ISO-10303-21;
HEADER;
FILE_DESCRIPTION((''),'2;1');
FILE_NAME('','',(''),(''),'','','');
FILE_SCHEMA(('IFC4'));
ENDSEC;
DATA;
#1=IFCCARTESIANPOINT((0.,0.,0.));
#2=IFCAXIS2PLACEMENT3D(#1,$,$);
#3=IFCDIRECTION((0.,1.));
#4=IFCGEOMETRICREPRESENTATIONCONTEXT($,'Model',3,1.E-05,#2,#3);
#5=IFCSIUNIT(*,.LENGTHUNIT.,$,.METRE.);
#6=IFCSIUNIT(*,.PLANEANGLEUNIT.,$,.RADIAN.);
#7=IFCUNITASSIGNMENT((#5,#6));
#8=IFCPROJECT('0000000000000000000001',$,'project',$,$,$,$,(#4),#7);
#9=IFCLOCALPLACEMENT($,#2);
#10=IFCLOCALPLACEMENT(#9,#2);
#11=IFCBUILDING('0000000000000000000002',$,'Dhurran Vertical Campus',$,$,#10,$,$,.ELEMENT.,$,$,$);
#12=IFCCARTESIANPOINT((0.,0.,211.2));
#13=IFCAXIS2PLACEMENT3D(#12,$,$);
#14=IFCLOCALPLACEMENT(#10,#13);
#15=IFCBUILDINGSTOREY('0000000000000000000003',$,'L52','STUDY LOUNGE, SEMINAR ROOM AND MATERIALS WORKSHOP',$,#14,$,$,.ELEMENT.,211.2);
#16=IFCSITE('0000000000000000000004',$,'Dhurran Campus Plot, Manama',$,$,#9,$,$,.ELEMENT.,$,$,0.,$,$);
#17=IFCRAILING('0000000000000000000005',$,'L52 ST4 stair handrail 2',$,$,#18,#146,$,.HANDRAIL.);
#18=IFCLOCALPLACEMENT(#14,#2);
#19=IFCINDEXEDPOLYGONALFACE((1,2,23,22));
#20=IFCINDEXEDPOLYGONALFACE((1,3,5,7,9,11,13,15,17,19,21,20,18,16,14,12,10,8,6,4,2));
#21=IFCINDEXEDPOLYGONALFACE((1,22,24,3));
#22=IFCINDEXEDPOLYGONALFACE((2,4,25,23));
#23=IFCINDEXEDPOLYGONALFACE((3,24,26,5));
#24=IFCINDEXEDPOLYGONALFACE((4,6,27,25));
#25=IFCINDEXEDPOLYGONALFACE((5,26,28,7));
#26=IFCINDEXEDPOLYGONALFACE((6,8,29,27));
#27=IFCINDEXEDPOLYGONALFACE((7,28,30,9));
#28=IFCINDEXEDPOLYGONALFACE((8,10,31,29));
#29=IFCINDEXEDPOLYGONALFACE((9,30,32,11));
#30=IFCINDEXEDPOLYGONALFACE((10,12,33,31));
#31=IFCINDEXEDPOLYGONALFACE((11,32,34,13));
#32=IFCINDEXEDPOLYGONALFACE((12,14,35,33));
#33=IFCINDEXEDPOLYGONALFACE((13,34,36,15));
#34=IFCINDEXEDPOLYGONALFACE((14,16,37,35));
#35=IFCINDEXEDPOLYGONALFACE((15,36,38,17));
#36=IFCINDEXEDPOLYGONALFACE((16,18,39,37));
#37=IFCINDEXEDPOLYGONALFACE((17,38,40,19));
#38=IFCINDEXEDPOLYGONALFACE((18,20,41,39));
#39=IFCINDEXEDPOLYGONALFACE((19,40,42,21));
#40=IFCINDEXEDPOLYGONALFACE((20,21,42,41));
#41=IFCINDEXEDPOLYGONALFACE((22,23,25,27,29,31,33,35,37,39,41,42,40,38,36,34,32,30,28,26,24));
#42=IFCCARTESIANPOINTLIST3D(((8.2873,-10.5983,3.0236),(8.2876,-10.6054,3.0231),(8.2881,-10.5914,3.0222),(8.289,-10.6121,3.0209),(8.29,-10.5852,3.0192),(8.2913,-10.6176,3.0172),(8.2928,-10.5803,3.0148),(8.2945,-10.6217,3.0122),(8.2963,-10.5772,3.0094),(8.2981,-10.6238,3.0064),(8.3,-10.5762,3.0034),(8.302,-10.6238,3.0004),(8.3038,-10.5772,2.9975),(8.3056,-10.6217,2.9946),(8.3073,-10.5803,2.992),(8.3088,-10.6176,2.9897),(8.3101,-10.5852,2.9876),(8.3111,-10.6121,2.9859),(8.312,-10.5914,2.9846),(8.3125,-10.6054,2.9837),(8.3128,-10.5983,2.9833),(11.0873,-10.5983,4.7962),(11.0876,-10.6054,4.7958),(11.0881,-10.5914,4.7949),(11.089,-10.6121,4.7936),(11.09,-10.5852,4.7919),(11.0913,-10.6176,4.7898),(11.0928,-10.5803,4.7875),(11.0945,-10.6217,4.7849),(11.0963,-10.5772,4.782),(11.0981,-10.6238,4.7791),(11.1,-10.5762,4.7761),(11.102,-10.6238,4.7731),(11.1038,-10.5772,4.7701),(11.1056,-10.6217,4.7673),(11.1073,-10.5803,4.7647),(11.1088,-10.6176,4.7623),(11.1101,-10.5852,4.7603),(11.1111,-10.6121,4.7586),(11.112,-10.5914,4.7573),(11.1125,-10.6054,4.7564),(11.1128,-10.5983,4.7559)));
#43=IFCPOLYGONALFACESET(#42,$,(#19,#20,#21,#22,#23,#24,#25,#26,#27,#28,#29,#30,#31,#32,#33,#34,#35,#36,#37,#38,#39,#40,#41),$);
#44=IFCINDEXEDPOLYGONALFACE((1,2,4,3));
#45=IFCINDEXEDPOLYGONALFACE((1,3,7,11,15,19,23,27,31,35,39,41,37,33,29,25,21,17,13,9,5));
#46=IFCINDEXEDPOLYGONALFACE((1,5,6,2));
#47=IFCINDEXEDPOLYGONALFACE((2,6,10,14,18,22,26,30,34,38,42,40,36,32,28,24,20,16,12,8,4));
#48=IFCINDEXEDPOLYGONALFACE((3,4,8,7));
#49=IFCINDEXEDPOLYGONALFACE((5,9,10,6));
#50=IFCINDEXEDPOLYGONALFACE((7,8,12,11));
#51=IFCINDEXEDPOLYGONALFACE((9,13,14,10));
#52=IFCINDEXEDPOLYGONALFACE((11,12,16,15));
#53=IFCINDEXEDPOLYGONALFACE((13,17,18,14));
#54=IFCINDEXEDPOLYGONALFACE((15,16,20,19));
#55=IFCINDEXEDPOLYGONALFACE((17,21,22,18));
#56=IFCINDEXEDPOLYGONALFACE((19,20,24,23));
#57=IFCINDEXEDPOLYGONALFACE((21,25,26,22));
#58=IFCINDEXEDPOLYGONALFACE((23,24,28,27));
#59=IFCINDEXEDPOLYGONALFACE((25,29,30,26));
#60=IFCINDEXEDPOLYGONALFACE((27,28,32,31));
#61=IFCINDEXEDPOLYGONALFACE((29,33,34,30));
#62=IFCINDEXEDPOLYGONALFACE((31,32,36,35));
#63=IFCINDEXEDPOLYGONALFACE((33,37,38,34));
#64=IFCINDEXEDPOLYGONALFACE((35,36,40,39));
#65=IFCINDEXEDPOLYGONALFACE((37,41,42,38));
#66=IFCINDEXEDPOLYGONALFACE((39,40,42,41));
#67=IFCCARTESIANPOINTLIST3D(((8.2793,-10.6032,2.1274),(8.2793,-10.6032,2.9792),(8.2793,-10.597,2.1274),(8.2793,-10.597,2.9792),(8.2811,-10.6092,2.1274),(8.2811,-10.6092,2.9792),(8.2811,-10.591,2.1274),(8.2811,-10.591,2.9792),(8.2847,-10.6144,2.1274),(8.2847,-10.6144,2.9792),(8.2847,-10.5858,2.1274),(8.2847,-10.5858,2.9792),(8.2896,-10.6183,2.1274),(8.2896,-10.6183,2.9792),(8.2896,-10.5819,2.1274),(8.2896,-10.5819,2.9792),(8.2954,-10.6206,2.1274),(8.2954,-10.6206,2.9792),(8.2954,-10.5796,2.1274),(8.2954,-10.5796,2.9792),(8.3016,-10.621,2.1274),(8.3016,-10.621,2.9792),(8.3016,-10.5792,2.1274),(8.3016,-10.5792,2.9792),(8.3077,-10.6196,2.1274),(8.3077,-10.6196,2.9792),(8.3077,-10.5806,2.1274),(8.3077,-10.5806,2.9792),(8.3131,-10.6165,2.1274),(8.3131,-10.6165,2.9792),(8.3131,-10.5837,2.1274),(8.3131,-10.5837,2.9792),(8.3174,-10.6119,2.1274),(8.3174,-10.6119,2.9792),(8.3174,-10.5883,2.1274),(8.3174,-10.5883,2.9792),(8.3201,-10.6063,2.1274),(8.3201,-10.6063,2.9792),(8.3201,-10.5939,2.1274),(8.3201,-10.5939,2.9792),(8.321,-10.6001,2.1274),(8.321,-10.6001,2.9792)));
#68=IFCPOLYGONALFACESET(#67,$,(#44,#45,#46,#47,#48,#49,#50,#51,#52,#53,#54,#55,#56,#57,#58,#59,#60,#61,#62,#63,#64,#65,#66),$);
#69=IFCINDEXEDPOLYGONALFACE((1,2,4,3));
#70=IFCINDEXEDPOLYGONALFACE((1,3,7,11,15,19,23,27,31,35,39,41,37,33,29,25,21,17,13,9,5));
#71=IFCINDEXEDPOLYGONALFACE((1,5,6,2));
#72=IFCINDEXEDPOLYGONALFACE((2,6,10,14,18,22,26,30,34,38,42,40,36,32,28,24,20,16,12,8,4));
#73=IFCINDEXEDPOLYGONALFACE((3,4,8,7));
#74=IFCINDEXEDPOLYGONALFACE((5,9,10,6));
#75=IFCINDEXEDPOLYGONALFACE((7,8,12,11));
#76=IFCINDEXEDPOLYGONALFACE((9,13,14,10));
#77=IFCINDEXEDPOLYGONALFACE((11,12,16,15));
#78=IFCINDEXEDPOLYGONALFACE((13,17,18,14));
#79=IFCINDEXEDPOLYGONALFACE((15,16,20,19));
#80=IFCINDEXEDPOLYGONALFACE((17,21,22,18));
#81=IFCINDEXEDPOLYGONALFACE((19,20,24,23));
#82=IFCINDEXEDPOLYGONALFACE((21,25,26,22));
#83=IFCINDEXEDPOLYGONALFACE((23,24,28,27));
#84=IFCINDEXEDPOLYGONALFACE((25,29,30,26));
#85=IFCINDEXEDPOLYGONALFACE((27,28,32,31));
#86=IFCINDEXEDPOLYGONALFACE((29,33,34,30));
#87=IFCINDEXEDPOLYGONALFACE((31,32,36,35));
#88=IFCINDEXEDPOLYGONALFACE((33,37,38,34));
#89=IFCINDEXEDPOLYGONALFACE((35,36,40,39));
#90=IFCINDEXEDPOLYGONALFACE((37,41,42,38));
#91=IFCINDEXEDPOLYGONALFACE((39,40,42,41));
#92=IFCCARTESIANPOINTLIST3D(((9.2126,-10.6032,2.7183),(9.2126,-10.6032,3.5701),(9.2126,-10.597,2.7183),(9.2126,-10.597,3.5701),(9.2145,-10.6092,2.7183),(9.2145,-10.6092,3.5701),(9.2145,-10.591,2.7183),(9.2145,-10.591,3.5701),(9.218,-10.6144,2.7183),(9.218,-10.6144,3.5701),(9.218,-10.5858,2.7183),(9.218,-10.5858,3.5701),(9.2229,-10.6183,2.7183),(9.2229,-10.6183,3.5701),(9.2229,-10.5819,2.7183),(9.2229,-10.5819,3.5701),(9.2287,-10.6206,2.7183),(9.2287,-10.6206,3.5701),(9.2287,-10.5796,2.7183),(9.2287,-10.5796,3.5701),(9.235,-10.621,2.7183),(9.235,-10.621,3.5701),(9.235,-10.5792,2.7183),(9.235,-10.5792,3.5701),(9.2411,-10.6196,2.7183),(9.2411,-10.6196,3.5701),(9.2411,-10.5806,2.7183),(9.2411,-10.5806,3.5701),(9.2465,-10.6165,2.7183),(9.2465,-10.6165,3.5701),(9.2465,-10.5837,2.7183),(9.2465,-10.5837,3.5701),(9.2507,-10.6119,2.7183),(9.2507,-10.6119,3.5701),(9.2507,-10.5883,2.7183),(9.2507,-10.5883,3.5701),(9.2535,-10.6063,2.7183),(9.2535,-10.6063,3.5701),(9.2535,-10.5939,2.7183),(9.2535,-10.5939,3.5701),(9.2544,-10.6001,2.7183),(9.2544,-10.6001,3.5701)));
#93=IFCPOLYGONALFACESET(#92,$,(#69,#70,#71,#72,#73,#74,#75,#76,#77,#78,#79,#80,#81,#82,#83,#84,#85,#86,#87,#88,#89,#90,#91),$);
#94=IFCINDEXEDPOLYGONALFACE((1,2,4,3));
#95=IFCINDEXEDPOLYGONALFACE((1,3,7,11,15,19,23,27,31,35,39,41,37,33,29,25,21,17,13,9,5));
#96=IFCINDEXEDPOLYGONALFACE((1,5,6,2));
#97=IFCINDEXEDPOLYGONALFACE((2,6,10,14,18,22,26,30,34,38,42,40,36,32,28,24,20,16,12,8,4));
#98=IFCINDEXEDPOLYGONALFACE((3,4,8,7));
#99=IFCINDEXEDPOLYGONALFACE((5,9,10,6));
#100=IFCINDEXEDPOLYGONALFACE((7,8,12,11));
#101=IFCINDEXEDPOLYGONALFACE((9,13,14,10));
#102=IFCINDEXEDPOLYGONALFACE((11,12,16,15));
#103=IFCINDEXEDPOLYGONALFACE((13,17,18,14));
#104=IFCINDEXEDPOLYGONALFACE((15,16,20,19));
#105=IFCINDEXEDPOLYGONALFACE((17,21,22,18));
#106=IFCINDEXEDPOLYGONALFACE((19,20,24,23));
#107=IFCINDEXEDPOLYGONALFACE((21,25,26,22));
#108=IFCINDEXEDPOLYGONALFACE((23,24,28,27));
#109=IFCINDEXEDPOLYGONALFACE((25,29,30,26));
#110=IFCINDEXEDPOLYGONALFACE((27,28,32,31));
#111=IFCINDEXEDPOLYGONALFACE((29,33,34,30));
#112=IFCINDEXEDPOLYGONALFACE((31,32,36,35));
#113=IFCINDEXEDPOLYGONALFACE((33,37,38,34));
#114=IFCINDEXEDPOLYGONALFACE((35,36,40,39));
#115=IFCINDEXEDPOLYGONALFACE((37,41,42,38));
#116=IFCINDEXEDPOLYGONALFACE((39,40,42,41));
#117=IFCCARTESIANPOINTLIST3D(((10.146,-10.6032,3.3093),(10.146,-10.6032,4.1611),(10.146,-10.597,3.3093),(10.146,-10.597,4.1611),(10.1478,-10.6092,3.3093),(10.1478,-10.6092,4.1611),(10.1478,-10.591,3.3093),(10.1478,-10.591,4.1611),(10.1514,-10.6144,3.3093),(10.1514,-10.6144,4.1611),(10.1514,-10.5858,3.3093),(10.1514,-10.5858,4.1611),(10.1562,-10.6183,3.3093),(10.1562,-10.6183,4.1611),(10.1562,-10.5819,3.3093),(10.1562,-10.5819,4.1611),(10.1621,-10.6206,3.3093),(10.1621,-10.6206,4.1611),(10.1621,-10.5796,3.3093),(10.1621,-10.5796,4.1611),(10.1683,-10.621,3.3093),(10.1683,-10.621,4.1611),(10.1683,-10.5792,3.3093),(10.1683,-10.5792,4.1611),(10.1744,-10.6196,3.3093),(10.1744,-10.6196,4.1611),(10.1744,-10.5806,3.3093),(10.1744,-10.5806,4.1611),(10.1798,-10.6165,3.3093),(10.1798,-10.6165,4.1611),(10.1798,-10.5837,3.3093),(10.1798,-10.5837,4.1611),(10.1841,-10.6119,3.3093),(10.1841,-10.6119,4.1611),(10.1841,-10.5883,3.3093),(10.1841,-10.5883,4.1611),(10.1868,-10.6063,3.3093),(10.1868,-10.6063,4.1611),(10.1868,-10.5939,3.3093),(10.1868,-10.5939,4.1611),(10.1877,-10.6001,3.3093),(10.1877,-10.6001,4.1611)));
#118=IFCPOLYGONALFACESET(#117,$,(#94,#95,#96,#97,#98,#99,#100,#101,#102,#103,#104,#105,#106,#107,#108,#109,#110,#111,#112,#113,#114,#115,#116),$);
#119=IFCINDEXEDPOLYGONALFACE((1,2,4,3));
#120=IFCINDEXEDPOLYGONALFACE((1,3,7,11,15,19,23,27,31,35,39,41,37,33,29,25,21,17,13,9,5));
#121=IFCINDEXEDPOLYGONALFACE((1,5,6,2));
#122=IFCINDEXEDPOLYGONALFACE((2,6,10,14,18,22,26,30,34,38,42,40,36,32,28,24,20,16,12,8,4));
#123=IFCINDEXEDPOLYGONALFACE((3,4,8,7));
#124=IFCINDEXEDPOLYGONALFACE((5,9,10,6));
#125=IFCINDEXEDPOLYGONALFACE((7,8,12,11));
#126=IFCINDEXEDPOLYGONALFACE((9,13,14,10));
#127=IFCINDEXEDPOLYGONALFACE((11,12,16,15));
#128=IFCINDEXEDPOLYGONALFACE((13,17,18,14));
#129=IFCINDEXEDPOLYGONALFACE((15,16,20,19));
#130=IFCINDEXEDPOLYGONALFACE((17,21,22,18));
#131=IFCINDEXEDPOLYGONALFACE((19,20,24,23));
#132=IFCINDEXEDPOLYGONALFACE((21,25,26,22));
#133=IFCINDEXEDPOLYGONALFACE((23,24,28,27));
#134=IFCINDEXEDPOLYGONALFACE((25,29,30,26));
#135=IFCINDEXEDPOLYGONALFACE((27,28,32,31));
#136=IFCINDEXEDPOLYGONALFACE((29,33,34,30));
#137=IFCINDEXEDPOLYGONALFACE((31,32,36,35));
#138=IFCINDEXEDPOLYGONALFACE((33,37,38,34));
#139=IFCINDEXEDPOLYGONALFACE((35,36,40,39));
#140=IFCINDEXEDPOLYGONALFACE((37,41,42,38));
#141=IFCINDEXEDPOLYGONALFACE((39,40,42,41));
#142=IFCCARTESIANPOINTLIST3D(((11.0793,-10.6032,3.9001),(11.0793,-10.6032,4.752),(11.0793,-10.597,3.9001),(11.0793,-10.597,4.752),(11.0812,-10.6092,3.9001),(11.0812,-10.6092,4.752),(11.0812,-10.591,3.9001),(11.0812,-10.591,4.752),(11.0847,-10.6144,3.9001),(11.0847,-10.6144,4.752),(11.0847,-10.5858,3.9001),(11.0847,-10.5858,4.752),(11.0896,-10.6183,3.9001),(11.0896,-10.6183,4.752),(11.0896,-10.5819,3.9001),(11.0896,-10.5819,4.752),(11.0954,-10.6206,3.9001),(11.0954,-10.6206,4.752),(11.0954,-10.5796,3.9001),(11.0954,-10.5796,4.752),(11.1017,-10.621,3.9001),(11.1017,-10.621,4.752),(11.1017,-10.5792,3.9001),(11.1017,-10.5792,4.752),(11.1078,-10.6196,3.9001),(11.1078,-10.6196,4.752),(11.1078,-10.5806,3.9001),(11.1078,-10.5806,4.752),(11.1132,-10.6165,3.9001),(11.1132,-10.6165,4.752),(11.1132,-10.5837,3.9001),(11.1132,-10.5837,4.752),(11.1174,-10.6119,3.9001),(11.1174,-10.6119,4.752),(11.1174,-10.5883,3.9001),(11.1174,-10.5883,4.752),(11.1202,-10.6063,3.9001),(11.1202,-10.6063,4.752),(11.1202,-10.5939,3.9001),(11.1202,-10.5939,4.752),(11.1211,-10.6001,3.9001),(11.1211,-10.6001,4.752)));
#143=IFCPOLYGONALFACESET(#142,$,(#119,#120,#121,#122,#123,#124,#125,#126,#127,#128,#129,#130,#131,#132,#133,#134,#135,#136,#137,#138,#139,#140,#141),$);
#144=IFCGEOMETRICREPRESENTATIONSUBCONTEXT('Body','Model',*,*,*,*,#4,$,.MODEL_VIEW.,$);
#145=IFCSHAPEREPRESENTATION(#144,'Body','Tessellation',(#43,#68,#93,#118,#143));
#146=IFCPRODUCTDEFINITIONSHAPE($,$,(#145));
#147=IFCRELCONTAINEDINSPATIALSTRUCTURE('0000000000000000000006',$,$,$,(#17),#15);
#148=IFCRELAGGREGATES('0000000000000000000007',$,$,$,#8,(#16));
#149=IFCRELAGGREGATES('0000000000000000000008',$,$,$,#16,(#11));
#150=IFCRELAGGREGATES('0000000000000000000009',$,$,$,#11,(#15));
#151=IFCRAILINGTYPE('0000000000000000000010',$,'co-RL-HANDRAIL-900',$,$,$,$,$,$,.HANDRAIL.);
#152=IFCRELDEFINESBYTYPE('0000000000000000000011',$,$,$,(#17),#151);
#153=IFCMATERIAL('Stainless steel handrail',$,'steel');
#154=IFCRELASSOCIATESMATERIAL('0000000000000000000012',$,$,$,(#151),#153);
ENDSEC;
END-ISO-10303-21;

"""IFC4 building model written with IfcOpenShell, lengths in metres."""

from ifc_helpers import new_model, si_unit, direction, frame, origin, origin_2d, place, context, subcontext, project, spatial, circle, extrude, material, type_object, element, save


model = new_model("IFC4")

# Units and contexts
model_context = context("Model", 3, precision=1e-05, world=origin(), true_north=direction((0.0, 1.0)))
body_context = subcontext(model_context, "Body", "Model", "MODEL_VIEW")
ifc_project = project(units=[si_unit("LENGTHUNIT", "METRE"), si_unit("PLANEANGLEUNIT", "RADIAN")], contexts=[model_context])

# Site, building, storey
site_placement = place(None, origin())
site = spatial("IfcSite", under=ifc_project, at=site_placement, Name="Dhurran Campus Plot, Manama", CompositionType="ELEMENT", RefElevation=0.0)
building_placement = place(site_placement, origin())
building = spatial("IfcBuilding", under=site, at=building_placement, Name="Dhurran Vertical Campus", CompositionType="ELEMENT")
storey_placement = place(building_placement, frame((0.0, 0.0, 211.2)))
storey = spatial("IfcBuildingStorey", under=building, at=storey_placement, Name="L52", Description="STUDY LOUNGE, SEMINAR ROOM AND MATERIALS WORKSHOP", CompositionType="ELEMENT", Elevation=211.2)

# Railing
ifc_material_1 = material(Name="Stainless steel handrail", Category="steel")
railing_type_1 = type_object("IfcRailingType", Name="co-RL-HANDRAIL-900", PredefinedType="HANDRAIL", material=ifc_material_1)
railing_1_placement = place(storey_placement, frame((8.3, -10.6001, 2.1274)))
element("IfcRailing", 1, at=railing_1_placement, inside=storey, type_object=railing_type_1, Name="L52 ST4 stair handrail 2", PredefinedType="HANDRAIL", context=body_context, shape_type="SweptSolid", body=[
    extrude(circle(Radius=0.0239, at=origin_2d()), frame((0.0, 0.0, 0.876), z_axis=(0.844909, 0.0, 0.53491), x_axis=(0.0, 1.0, 0.0)), (0.0, 0.0, 1.0), 3.314),
    extrude(circle(Radius=0.021, at=origin_2d()), origin(), (0.0, 0.0, 1.0), 0.8518),
    extrude(circle(Radius=0.021, at=origin_2d()), frame((0.9333, 0.0, 0.5908)), (0.0, 0.0, 1.0), 0.8518),
    extrude(circle(Radius=0.021, at=origin_2d()), frame((1.8667, 0.0, 1.1819)), (0.0, 0.0, 1.0), 0.8518),
    extrude(circle(Radius=0.021, at=origin_2d()), frame((2.8, 0.0, 1.7727)), (0.0, 0.0, 1.0), 0.8518),
])

save(model, "model.ifc")
